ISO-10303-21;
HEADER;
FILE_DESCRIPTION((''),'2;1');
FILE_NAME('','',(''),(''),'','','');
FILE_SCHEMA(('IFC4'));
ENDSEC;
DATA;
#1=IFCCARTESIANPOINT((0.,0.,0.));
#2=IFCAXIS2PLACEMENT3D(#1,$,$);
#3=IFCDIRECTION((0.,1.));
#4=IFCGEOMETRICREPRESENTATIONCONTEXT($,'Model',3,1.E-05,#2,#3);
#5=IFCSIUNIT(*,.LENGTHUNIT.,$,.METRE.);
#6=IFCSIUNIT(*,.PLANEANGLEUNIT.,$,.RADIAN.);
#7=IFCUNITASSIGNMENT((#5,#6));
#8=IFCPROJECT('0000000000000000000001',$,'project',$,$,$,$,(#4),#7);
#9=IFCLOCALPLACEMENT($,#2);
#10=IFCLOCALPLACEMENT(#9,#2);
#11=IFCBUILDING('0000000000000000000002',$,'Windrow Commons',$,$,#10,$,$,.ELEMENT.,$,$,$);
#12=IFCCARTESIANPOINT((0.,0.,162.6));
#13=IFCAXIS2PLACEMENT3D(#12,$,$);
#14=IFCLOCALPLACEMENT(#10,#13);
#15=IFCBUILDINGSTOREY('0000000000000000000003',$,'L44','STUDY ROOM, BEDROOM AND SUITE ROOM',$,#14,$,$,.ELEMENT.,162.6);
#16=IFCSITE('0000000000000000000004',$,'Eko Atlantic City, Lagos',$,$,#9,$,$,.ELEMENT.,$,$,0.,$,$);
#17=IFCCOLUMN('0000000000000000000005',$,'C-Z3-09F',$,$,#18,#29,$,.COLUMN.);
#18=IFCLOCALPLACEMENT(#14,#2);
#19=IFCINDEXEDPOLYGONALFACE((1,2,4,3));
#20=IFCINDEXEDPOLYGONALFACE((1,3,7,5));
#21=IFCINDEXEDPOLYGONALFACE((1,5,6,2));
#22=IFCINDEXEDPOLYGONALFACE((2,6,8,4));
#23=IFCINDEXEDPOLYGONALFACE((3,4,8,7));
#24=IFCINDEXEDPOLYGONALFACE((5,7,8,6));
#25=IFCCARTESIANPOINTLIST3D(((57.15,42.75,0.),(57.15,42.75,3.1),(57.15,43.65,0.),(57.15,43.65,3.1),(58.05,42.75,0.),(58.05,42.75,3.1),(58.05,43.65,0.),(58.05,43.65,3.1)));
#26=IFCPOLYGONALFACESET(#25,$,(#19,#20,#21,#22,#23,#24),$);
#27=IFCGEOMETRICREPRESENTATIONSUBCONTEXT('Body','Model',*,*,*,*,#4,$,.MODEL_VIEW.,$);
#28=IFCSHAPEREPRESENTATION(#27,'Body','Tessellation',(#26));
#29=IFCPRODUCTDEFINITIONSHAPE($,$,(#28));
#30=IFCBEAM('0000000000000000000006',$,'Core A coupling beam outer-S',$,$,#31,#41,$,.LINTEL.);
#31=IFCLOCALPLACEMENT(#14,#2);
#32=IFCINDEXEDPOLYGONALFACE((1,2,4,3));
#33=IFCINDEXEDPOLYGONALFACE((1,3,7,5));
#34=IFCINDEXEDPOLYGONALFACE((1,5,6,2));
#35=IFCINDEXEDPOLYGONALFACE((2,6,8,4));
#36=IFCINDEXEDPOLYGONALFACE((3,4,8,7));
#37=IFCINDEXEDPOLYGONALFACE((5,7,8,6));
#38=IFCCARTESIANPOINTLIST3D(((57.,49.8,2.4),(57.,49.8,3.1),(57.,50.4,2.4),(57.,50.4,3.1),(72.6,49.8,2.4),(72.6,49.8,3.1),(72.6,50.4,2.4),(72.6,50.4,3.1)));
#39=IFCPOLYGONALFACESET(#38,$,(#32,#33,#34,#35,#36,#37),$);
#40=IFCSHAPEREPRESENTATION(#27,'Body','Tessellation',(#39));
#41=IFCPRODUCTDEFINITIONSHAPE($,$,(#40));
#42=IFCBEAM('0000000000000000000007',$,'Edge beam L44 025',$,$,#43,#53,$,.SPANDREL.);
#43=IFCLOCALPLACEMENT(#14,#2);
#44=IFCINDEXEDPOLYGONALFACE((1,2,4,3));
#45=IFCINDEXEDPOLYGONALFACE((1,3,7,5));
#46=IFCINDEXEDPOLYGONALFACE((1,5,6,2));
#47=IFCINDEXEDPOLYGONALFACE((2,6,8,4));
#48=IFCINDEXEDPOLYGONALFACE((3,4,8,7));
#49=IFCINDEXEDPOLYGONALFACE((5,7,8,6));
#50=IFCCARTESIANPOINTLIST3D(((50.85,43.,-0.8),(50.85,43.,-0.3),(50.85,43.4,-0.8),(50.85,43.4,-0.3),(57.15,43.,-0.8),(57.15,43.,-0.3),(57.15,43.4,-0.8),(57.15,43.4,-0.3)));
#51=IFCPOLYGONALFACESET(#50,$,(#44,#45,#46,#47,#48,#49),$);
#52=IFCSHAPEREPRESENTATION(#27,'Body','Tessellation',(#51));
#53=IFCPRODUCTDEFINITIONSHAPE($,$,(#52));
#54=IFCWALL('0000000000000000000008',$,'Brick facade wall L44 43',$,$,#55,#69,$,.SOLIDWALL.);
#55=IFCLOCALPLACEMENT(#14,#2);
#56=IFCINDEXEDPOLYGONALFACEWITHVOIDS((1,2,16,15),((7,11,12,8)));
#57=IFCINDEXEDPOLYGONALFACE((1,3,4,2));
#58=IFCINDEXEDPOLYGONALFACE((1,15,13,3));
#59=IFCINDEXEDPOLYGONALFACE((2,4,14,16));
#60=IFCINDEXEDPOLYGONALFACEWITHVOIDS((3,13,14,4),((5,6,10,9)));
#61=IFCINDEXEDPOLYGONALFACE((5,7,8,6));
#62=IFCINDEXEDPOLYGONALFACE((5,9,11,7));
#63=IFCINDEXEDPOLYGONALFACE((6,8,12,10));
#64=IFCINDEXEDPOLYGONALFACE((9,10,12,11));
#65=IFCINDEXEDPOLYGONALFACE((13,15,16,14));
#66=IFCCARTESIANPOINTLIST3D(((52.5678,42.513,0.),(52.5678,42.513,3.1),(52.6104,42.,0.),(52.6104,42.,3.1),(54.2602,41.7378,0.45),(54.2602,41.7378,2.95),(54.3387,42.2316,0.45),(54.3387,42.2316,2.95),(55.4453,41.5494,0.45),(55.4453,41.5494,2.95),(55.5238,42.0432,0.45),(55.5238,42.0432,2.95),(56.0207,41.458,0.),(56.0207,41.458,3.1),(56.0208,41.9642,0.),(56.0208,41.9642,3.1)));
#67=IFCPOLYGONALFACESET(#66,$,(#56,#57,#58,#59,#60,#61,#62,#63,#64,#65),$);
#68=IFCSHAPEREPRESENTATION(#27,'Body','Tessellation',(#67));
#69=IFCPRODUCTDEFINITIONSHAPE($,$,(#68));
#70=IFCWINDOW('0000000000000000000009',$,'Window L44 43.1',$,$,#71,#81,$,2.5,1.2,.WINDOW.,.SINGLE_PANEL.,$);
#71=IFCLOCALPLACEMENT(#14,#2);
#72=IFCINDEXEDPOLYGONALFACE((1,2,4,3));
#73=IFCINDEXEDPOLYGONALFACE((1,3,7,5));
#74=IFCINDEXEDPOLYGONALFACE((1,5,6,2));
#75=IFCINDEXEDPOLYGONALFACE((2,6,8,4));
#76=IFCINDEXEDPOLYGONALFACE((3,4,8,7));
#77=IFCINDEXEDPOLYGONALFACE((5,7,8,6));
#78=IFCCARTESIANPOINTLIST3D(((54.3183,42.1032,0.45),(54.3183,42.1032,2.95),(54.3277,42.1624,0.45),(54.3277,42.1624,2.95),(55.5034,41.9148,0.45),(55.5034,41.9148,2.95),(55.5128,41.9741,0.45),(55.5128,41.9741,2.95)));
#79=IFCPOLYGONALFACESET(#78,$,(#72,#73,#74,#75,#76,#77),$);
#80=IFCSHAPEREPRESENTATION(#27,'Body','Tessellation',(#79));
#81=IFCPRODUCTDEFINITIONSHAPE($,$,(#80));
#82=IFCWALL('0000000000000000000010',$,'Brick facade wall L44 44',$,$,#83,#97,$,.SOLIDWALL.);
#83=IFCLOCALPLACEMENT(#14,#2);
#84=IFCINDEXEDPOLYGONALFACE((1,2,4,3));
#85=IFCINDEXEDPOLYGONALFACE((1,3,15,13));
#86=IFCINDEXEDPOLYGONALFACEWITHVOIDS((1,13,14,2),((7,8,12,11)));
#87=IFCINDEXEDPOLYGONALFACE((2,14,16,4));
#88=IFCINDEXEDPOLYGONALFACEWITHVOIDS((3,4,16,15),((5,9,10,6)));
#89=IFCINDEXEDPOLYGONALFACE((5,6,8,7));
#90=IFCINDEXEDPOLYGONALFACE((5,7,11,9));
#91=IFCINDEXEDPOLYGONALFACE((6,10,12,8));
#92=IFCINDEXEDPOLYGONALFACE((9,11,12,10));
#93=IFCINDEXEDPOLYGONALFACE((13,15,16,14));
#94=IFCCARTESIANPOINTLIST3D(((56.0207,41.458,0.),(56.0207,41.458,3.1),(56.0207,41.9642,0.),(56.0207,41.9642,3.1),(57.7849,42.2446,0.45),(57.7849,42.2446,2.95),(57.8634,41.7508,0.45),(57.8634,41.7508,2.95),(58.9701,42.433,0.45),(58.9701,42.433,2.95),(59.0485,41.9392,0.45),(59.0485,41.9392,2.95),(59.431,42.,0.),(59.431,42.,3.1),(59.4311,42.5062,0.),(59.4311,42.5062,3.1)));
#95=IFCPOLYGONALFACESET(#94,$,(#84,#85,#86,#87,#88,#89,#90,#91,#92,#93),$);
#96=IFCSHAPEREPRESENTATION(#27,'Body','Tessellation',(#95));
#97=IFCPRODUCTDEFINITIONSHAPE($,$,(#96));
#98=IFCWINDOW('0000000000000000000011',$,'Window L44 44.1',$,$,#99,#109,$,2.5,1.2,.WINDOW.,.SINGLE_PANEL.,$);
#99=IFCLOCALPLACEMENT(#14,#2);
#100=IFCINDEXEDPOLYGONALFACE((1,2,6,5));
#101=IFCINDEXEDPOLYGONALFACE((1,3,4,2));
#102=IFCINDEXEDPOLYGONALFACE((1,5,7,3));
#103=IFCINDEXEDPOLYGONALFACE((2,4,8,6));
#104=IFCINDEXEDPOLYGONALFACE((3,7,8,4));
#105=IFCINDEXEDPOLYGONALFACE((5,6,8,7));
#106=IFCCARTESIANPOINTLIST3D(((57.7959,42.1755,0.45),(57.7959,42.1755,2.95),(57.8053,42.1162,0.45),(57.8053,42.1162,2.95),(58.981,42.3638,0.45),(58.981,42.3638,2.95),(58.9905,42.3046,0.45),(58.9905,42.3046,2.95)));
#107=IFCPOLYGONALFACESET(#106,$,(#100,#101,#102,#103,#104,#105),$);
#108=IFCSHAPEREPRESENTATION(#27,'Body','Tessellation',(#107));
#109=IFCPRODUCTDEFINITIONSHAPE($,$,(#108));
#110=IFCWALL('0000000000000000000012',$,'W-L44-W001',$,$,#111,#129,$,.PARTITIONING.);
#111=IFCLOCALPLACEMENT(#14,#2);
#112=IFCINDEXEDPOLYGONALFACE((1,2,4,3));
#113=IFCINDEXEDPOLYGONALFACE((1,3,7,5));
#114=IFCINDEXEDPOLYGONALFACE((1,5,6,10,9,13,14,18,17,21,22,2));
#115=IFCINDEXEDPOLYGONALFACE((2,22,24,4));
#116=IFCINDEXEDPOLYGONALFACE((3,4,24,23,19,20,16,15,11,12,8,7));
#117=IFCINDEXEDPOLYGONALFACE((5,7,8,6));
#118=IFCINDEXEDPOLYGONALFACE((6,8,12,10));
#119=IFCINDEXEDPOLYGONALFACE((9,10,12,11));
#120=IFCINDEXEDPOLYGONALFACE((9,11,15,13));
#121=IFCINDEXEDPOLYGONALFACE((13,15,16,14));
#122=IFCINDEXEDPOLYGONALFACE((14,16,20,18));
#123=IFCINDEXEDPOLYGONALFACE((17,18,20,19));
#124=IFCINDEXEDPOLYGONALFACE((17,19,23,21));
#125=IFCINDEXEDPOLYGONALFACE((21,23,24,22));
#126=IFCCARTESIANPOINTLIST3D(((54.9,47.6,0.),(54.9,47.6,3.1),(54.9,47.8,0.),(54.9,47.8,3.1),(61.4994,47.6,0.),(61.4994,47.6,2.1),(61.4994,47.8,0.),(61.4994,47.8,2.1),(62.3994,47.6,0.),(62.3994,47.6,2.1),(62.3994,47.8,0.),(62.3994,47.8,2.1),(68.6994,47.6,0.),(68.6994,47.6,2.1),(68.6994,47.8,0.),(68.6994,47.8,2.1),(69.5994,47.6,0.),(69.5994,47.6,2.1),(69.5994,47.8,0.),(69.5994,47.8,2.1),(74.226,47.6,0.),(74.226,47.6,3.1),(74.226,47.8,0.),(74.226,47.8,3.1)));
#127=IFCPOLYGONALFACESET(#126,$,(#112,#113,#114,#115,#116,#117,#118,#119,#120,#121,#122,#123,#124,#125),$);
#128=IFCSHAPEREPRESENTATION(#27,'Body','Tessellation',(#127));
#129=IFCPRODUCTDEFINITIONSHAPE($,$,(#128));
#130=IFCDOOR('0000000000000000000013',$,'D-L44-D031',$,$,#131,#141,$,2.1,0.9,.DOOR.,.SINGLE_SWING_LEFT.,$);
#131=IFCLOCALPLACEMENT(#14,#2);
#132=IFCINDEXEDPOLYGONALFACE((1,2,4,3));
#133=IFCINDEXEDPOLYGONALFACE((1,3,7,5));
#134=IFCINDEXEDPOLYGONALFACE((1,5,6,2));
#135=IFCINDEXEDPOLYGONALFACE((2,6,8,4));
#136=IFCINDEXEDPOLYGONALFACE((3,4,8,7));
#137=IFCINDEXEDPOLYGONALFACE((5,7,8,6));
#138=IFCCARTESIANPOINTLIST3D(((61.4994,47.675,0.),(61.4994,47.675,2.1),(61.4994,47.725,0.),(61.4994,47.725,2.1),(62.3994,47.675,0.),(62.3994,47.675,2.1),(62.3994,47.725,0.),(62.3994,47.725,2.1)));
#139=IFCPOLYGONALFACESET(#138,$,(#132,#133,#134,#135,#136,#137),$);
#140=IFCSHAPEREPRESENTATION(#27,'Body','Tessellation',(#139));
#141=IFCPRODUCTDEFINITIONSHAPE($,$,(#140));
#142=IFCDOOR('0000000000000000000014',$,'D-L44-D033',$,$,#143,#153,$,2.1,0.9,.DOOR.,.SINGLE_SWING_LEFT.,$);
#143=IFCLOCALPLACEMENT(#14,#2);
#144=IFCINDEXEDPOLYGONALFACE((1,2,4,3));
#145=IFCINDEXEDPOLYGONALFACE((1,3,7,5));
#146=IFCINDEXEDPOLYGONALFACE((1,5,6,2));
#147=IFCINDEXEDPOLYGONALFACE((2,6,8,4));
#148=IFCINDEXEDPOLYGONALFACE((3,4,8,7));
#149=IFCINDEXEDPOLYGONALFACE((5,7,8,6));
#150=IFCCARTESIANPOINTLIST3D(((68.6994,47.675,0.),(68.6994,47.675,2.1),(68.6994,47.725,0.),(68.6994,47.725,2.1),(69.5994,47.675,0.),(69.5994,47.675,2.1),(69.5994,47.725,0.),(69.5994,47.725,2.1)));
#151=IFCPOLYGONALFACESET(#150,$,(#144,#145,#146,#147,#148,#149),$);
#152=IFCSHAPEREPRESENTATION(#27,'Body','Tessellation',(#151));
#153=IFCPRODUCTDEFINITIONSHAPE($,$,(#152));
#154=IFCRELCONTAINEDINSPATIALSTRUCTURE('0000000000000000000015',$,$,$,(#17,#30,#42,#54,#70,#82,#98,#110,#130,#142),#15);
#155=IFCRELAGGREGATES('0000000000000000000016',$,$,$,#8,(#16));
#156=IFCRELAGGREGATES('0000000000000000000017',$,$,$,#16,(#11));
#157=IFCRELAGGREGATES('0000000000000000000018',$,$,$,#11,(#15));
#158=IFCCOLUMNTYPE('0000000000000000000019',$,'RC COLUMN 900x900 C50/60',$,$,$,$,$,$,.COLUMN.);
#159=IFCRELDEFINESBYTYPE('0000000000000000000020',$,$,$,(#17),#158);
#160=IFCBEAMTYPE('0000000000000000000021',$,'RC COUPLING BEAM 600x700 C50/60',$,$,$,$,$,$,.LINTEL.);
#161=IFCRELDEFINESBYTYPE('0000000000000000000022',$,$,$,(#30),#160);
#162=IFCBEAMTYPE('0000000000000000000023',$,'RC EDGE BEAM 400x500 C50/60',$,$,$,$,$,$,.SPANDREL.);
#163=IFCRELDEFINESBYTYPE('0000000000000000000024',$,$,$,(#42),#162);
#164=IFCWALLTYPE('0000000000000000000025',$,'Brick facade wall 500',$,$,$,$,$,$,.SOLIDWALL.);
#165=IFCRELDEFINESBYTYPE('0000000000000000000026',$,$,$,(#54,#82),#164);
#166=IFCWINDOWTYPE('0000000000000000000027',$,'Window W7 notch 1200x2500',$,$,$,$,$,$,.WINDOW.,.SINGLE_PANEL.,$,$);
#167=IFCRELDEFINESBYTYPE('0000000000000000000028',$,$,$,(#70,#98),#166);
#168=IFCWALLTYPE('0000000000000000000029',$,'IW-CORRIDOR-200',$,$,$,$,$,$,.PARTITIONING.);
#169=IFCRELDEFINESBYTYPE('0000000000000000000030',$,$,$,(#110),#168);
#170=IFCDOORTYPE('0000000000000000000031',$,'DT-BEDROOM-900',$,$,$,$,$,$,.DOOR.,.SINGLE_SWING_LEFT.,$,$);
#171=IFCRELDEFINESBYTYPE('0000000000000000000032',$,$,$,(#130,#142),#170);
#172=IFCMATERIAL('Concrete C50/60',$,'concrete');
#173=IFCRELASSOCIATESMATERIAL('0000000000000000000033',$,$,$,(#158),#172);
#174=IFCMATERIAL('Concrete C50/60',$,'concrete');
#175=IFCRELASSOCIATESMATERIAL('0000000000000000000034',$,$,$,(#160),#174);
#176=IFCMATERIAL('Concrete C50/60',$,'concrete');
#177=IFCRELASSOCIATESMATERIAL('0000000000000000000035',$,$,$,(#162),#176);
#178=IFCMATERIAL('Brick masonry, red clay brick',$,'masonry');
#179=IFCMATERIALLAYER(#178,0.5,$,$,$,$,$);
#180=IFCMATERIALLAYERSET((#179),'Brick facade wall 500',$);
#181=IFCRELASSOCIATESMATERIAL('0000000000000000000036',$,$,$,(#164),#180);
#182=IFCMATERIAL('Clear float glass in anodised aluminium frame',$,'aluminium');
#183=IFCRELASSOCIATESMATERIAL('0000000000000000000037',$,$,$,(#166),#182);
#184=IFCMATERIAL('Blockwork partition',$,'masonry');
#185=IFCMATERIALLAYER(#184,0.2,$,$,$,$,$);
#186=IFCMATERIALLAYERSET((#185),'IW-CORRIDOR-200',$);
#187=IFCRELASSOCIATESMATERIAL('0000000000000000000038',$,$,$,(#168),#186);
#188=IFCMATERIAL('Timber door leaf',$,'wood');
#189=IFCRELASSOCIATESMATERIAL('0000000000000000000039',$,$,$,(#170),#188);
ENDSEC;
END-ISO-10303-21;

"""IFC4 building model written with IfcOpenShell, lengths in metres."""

from ifc_helpers import new_model, si_unit, direction, frame, frame_2d, origin, origin_2d, place, context, subcontext, project, spatial, polyline, rectangle, outline, extrude, material, layer, layer_set, material_profile, profile_set, type_object, element, fill, save


model = new_model("IFC4")

# Units and contexts
model_context = context("Model", 3, precision=1e-05, world=origin(), true_north=direction((0.0, 1.0)))
body_context = subcontext(model_context, "Body", "Model", "MODEL_VIEW")
ifc_project = project(units=[si_unit("LENGTHUNIT", "METRE"), si_unit("PLANEANGLEUNIT", "RADIAN")], contexts=[model_context])

# Site, building, storey
site_placement = place(None, origin())
site = spatial("IfcSite", under=ifc_project, at=site_placement, Name="Eko Atlantic City, Lagos", CompositionType="ELEMENT", RefElevation=0.0)
building_placement = place(site_placement, origin())
building = spatial("IfcBuilding", under=site, at=building_placement, Name="Windrow Commons", CompositionType="ELEMENT")
storey_placement = place(building_placement, frame((0.0, 0.0, 162.6)))
storey = spatial("IfcBuildingStorey", under=building, at=storey_placement, Name="L44", Description="STUDY ROOM, BEDROOM AND SUITE ROOM", CompositionType="ELEMENT", Elevation=162.6)

# Column
ifc_material_1 = material(Name="Concrete C50/60", Category="concrete")
ifc_material_profile_1 = material_profile(ifc_material_1, rectangle(XDim=0.9, YDim=0.9, at=origin_2d()))
ifc_profile_set_1 = profile_set([ifc_material_profile_1], Name="Concrete C50/60")
column_type = type_object("IfcColumnType", Name="RC COLUMN 900x900 C50/60", PredefinedType="COLUMN", material=ifc_profile_set_1)
column_placement = place(storey_placement, frame((57.6, 43.2, 0.0), z_axis=(0.0, 0.0, 1.0), x_axis=(1.0, 0.0, 0.0)))
element("IfcColumn", 1, at=column_placement, inside=storey, type_object=column_type, Name="C-Z3-09F", PredefinedType="COLUMN", context=body_context, shape_type="SweptSolid", body=[
    extrude(rectangle(XDim=0.9, YDim=0.9, at=origin_2d()), origin(), (0.0, 0.0, 1.0), 3.1),
])

# Beams
ifc_material_2 = material(Name="Concrete C50/60", Category="concrete")
ifc_material_profile_2 = material_profile(ifc_material_2, rectangle(XDim=0.6, YDim=0.7, at=origin_2d()))
ifc_profile_set_2 = profile_set([ifc_material_profile_2], Name="Concrete C50/60")
beam_type_1 = type_object("IfcBeamType", Name="RC COUPLING BEAM 600x700 C50/60", PredefinedType="LINTEL", material=ifc_profile_set_2)
beam_1_placement = place(storey_placement, frame((57.0, 50.1, 2.75), z_axis=(1.0, 0.0, 0.0), x_axis=(0.0, 1.0, 0.0)))
element("IfcBeam", 2, at=beam_1_placement, inside=storey, type_object=beam_type_1, Name="Core A coupling beam outer-S", PredefinedType="LINTEL", context=body_context, shape_type="SweptSolid", body=[
    extrude(rectangle(XDim=0.6, YDim=0.7, at=origin_2d()), origin(), (0.0, 0.0, 1.0), 15.6),
])
ifc_material_3 = material(Name="Concrete C50/60", Category="concrete")
ifc_material_profile_3 = material_profile(ifc_material_3, rectangle(XDim=0.4, YDim=0.5, at=origin_2d()))
ifc_profile_set_3 = profile_set([ifc_material_profile_3], Name="Concrete C50/60")
beam_type_2 = type_object("IfcBeamType", Name="RC EDGE BEAM 400x500 C50/60", PredefinedType="SPANDREL", material=ifc_profile_set_3)
beam_2_placement = place(storey_placement, frame((57.15, 43.2, -0.55), z_axis=(-1.0, 0.0, 0.0), x_axis=(0.0, -1.0, 0.0)))
element("IfcBeam", 3, at=beam_2_placement, inside=storey, type_object=beam_type_2, Name="Edge beam L44 025", PredefinedType="SPANDREL", context=body_context, shape_type="SweptSolid", body=[
    extrude(rectangle(XDim=0.4, YDim=0.5, at=origin_2d()), origin(), (0.0, 0.0, 1.0), 6.3),
])

# Walls, openings, windows
ifc_material_4 = material(Name="Brick masonry, red clay brick", Category="masonry")
ifc_layer_1 = layer(ifc_material_4, 0.5)
ifc_layer_set_1 = layer_set([ifc_layer_1], Name="Brick facade wall 500")
wall_type_1 = type_object("IfcWallType", Name="Brick facade wall 500", PredefinedType="SOLIDWALL", material=ifc_layer_set_1)
wall_1_placement = place(storey_placement, frame((52.5891, 42.2565, 0.0), z_axis=(0.0, 0.0, 1.0), x_axis=(0.987604, -0.156964, 0.0)))
wall_1 = element("IfcWall", 4, at=wall_1_placement, inside=storey, type_object=wall_type_1, Name="Brick facade wall L44 43", PredefinedType="SOLIDWALL", context=body_context, shape_type="SweptSolid", body=[
    extrude(outline(polyline([(0.0613, -0.25), (3.5144, -0.25), (3.435, 0.25), (-0.0613, 0.25), (0.0613, -0.25)])), origin(), (0.0, 0.0, 1.0), 3.1),
])
opening_1_placement = place(wall_1_placement, frame((1.7318, 0.0, 0.45)))
opening_1 = element("IfcOpeningElement", 5, at=opening_1_placement, cuts=wall_1, PredefinedType="OPENING", context=body_context, shape_type="SweptSolid", body=[
    extrude(rectangle(XDim=1.2, YDim=2.5, at=frame_2d((0.6, 1.25))), frame((0.0, 0.26, 0.0), z_axis=(0.0, -1.0, 0.0), x_axis=(1.0, 0.0, 0.0)), (0.0, 0.0, 1.0), 0.52),
])
ifc_material_5 = material(Name="Clear float glass in anodised aluminium frame", Category="aluminium")
window_type = type_object("IfcWindowType", Name="Window W7 notch 1200x2500", PartitioningType="SINGLE_PANEL", PredefinedType="WINDOW", material=ifc_material_5)
window_1_placement = place(opening_1_placement, origin())
window_1 = element("IfcWindow", 6, at=window_1_placement, inside=storey, type_object=window_type, Name="Window L44 43.1", OverallHeight=2.5, OverallWidth=1.2, PartitioningType="SINGLE_PANEL", PredefinedType="WINDOW", context=body_context, shape_type="SweptSolid", body=[
    extrude(rectangle(XDim=1.2, YDim=2.5, at=frame_2d((0.6, 1.25))), frame((0.0, 0.18, 0.0), z_axis=(0.0, -1.0, 0.0), x_axis=(1.0, 0.0, 0.0)), (0.0, 0.0, 1.0), 0.06),
])
fill(opening_1, window_1)
wall_2_placement = place(storey_placement, frame((56.0207, 41.7111, 0.0), z_axis=(0.0, 0.0, 1.0), x_axis=(0.987606, 0.156956, 0.0)))
wall_2 = element("IfcWall", 7, at=wall_2_placement, inside=storey, type_object=wall_type_1, Name="Brick facade wall L44 44", PredefinedType="SOLIDWALL", context=body_context, shape_type="SweptSolid", body=[
    extrude(outline(polyline([(-0.0397, -0.25), (3.4134, -0.25), (3.4929, 0.25), (0.0397, 0.25), (-0.0397, -0.25)])), origin(), (0.0, 0.0, 1.0), 3.1),
])
opening_2_placement = place(wall_2_placement, frame((1.8261, 0.0, 0.45)))
opening_2 = element("IfcOpeningElement", 8, at=opening_2_placement, cuts=wall_2, PredefinedType="OPENING", context=body_context, shape_type="SweptSolid", body=[
    extrude(rectangle(XDim=1.2, YDim=2.5, at=frame_2d((0.6, 1.25))), frame((0.0, 0.26, 0.0), z_axis=(0.0, -1.0, 0.0), x_axis=(1.0, 0.0, 0.0)), (0.0, 0.0, 1.0), 0.52),
])
window_2_placement = place(opening_2_placement, origin())
window_2 = element("IfcWindow", 9, at=window_2_placement, inside=storey, type_object=window_type, Name="Window L44 44.1", OverallHeight=2.5, OverallWidth=1.2, PartitioningType="SINGLE_PANEL", PredefinedType="WINDOW", context=body_context, shape_type="SweptSolid", body=[
    extrude(rectangle(XDim=1.2, YDim=2.5, at=frame_2d((0.6, 1.25))), frame((0.0, 0.18, 0.0), z_axis=(0.0, -1.0, 0.0), x_axis=(1.0, 0.0, 0.0)), (0.0, 0.0, 1.0), 0.06),
])
fill(opening_2, window_2)

# Wall, openings, doors
ifc_material_6 = material(Name="Blockwork partition", Category="masonry")
ifc_layer_2 = layer(ifc_material_6, 0.2)
ifc_layer_set_2 = layer_set([ifc_layer_2], Name="IW-CORRIDOR-200")
wall_type_2 = type_object("IfcWallType", Name="IW-CORRIDOR-200", PredefinedType="PARTITIONING", material=ifc_layer_set_2)
wall_3_placement = place(storey_placement, frame((54.9, 47.7, 0.0), z_axis=(0.0, 0.0, 1.0), x_axis=(1.0, 0.0, 0.0)))
wall_3 = element("IfcWall", 10, at=wall_3_placement, inside=storey, type_object=wall_type_2, Name="W-L44-W001", PredefinedType="PARTITIONING", context=body_context, shape_type="SweptSolid", body=[
    extrude(rectangle(XDim=19.326, YDim=0.2, at=frame_2d((9.663, 0.0))), origin(), (0.0, 0.0, 1.0), 3.1),
])
opening_3_placement = place(wall_3_placement, frame((6.5994, 0.0, 0.0)))
opening_3 = element("IfcOpeningElement", 11, at=opening_3_placement, cuts=wall_3, PredefinedType="OPENING", context=body_context, shape_type="SweptSolid", body=[
    extrude(rectangle(XDim=0.9, YDim=2.1, at=frame_2d((0.45, 1.05))), frame((0.0, 0.11, 0.0), z_axis=(0.0, -1.0, 0.0), x_axis=(1.0, 0.0, 0.0)), (0.0, 0.0, 1.0), 0.22),
])
opening_4_placement = place(wall_3_placement, frame((13.7994, 0.0, 0.0)))
opening_4 = element("IfcOpeningElement", 12, at=opening_4_placement, cuts=wall_3, PredefinedType="OPENING", context=body_context, shape_type="SweptSolid", body=[
    extrude(rectangle(XDim=0.9, YDim=2.1, at=frame_2d((0.45, 1.05))), frame((0.0, 0.11, 0.0), z_axis=(0.0, -1.0, 0.0), x_axis=(1.0, 0.0, 0.0)), (0.0, 0.0, 1.0), 0.22),
])
ifc_material_7 = material(Name="Timber door leaf", Category="wood")
door_type_1 = type_object("IfcDoorType", Name="DT-BEDROOM-900", OperationType="SINGLE_SWING_LEFT", PredefinedType="DOOR", material=ifc_material_7)
door_1_placement = place(opening_3_placement, origin())
door_1 = element("IfcDoor", 13, at=door_1_placement, inside=storey, type_object=door_type_1, Name="D-L44-D031", OperationType="SINGLE_SWING_LEFT", OverallHeight=2.1, OverallWidth=0.9, PredefinedType="DOOR", context=body_context, shape_type="SweptSolid", body=[
    extrude(rectangle(XDim=0.9, YDim=2.1, at=frame_2d((0.45, 1.05))), frame((0.0, 0.025, 0.0), z_axis=(0.0, -1.0, 0.0), x_axis=(1.0, 0.0, 0.0)), (0.0, 0.0, 1.0), 0.05),
])
fill(opening_3, door_1)
door_2_placement = place(opening_4_placement, origin())
door_2 = element("IfcDoor", 14, at=door_2_placement, inside=storey, type_object=door_type_1, Name="D-L44-D033", OperationType="SINGLE_SWING_LEFT", OverallHeight=2.1, OverallWidth=0.9, PredefinedType="DOOR", context=body_context, shape_type="SweptSolid", body=[
    extrude(rectangle(XDim=0.9, YDim=2.1, at=frame_2d((0.45, 1.05))), frame((0.0, 0.025, 0.0), z_axis=(0.0, -1.0, 0.0), x_axis=(1.0, 0.0, 0.0)), (0.0, 0.0, 1.0), 0.05),
])
fill(opening_4, door_2)

save(model, "model.ifc")
